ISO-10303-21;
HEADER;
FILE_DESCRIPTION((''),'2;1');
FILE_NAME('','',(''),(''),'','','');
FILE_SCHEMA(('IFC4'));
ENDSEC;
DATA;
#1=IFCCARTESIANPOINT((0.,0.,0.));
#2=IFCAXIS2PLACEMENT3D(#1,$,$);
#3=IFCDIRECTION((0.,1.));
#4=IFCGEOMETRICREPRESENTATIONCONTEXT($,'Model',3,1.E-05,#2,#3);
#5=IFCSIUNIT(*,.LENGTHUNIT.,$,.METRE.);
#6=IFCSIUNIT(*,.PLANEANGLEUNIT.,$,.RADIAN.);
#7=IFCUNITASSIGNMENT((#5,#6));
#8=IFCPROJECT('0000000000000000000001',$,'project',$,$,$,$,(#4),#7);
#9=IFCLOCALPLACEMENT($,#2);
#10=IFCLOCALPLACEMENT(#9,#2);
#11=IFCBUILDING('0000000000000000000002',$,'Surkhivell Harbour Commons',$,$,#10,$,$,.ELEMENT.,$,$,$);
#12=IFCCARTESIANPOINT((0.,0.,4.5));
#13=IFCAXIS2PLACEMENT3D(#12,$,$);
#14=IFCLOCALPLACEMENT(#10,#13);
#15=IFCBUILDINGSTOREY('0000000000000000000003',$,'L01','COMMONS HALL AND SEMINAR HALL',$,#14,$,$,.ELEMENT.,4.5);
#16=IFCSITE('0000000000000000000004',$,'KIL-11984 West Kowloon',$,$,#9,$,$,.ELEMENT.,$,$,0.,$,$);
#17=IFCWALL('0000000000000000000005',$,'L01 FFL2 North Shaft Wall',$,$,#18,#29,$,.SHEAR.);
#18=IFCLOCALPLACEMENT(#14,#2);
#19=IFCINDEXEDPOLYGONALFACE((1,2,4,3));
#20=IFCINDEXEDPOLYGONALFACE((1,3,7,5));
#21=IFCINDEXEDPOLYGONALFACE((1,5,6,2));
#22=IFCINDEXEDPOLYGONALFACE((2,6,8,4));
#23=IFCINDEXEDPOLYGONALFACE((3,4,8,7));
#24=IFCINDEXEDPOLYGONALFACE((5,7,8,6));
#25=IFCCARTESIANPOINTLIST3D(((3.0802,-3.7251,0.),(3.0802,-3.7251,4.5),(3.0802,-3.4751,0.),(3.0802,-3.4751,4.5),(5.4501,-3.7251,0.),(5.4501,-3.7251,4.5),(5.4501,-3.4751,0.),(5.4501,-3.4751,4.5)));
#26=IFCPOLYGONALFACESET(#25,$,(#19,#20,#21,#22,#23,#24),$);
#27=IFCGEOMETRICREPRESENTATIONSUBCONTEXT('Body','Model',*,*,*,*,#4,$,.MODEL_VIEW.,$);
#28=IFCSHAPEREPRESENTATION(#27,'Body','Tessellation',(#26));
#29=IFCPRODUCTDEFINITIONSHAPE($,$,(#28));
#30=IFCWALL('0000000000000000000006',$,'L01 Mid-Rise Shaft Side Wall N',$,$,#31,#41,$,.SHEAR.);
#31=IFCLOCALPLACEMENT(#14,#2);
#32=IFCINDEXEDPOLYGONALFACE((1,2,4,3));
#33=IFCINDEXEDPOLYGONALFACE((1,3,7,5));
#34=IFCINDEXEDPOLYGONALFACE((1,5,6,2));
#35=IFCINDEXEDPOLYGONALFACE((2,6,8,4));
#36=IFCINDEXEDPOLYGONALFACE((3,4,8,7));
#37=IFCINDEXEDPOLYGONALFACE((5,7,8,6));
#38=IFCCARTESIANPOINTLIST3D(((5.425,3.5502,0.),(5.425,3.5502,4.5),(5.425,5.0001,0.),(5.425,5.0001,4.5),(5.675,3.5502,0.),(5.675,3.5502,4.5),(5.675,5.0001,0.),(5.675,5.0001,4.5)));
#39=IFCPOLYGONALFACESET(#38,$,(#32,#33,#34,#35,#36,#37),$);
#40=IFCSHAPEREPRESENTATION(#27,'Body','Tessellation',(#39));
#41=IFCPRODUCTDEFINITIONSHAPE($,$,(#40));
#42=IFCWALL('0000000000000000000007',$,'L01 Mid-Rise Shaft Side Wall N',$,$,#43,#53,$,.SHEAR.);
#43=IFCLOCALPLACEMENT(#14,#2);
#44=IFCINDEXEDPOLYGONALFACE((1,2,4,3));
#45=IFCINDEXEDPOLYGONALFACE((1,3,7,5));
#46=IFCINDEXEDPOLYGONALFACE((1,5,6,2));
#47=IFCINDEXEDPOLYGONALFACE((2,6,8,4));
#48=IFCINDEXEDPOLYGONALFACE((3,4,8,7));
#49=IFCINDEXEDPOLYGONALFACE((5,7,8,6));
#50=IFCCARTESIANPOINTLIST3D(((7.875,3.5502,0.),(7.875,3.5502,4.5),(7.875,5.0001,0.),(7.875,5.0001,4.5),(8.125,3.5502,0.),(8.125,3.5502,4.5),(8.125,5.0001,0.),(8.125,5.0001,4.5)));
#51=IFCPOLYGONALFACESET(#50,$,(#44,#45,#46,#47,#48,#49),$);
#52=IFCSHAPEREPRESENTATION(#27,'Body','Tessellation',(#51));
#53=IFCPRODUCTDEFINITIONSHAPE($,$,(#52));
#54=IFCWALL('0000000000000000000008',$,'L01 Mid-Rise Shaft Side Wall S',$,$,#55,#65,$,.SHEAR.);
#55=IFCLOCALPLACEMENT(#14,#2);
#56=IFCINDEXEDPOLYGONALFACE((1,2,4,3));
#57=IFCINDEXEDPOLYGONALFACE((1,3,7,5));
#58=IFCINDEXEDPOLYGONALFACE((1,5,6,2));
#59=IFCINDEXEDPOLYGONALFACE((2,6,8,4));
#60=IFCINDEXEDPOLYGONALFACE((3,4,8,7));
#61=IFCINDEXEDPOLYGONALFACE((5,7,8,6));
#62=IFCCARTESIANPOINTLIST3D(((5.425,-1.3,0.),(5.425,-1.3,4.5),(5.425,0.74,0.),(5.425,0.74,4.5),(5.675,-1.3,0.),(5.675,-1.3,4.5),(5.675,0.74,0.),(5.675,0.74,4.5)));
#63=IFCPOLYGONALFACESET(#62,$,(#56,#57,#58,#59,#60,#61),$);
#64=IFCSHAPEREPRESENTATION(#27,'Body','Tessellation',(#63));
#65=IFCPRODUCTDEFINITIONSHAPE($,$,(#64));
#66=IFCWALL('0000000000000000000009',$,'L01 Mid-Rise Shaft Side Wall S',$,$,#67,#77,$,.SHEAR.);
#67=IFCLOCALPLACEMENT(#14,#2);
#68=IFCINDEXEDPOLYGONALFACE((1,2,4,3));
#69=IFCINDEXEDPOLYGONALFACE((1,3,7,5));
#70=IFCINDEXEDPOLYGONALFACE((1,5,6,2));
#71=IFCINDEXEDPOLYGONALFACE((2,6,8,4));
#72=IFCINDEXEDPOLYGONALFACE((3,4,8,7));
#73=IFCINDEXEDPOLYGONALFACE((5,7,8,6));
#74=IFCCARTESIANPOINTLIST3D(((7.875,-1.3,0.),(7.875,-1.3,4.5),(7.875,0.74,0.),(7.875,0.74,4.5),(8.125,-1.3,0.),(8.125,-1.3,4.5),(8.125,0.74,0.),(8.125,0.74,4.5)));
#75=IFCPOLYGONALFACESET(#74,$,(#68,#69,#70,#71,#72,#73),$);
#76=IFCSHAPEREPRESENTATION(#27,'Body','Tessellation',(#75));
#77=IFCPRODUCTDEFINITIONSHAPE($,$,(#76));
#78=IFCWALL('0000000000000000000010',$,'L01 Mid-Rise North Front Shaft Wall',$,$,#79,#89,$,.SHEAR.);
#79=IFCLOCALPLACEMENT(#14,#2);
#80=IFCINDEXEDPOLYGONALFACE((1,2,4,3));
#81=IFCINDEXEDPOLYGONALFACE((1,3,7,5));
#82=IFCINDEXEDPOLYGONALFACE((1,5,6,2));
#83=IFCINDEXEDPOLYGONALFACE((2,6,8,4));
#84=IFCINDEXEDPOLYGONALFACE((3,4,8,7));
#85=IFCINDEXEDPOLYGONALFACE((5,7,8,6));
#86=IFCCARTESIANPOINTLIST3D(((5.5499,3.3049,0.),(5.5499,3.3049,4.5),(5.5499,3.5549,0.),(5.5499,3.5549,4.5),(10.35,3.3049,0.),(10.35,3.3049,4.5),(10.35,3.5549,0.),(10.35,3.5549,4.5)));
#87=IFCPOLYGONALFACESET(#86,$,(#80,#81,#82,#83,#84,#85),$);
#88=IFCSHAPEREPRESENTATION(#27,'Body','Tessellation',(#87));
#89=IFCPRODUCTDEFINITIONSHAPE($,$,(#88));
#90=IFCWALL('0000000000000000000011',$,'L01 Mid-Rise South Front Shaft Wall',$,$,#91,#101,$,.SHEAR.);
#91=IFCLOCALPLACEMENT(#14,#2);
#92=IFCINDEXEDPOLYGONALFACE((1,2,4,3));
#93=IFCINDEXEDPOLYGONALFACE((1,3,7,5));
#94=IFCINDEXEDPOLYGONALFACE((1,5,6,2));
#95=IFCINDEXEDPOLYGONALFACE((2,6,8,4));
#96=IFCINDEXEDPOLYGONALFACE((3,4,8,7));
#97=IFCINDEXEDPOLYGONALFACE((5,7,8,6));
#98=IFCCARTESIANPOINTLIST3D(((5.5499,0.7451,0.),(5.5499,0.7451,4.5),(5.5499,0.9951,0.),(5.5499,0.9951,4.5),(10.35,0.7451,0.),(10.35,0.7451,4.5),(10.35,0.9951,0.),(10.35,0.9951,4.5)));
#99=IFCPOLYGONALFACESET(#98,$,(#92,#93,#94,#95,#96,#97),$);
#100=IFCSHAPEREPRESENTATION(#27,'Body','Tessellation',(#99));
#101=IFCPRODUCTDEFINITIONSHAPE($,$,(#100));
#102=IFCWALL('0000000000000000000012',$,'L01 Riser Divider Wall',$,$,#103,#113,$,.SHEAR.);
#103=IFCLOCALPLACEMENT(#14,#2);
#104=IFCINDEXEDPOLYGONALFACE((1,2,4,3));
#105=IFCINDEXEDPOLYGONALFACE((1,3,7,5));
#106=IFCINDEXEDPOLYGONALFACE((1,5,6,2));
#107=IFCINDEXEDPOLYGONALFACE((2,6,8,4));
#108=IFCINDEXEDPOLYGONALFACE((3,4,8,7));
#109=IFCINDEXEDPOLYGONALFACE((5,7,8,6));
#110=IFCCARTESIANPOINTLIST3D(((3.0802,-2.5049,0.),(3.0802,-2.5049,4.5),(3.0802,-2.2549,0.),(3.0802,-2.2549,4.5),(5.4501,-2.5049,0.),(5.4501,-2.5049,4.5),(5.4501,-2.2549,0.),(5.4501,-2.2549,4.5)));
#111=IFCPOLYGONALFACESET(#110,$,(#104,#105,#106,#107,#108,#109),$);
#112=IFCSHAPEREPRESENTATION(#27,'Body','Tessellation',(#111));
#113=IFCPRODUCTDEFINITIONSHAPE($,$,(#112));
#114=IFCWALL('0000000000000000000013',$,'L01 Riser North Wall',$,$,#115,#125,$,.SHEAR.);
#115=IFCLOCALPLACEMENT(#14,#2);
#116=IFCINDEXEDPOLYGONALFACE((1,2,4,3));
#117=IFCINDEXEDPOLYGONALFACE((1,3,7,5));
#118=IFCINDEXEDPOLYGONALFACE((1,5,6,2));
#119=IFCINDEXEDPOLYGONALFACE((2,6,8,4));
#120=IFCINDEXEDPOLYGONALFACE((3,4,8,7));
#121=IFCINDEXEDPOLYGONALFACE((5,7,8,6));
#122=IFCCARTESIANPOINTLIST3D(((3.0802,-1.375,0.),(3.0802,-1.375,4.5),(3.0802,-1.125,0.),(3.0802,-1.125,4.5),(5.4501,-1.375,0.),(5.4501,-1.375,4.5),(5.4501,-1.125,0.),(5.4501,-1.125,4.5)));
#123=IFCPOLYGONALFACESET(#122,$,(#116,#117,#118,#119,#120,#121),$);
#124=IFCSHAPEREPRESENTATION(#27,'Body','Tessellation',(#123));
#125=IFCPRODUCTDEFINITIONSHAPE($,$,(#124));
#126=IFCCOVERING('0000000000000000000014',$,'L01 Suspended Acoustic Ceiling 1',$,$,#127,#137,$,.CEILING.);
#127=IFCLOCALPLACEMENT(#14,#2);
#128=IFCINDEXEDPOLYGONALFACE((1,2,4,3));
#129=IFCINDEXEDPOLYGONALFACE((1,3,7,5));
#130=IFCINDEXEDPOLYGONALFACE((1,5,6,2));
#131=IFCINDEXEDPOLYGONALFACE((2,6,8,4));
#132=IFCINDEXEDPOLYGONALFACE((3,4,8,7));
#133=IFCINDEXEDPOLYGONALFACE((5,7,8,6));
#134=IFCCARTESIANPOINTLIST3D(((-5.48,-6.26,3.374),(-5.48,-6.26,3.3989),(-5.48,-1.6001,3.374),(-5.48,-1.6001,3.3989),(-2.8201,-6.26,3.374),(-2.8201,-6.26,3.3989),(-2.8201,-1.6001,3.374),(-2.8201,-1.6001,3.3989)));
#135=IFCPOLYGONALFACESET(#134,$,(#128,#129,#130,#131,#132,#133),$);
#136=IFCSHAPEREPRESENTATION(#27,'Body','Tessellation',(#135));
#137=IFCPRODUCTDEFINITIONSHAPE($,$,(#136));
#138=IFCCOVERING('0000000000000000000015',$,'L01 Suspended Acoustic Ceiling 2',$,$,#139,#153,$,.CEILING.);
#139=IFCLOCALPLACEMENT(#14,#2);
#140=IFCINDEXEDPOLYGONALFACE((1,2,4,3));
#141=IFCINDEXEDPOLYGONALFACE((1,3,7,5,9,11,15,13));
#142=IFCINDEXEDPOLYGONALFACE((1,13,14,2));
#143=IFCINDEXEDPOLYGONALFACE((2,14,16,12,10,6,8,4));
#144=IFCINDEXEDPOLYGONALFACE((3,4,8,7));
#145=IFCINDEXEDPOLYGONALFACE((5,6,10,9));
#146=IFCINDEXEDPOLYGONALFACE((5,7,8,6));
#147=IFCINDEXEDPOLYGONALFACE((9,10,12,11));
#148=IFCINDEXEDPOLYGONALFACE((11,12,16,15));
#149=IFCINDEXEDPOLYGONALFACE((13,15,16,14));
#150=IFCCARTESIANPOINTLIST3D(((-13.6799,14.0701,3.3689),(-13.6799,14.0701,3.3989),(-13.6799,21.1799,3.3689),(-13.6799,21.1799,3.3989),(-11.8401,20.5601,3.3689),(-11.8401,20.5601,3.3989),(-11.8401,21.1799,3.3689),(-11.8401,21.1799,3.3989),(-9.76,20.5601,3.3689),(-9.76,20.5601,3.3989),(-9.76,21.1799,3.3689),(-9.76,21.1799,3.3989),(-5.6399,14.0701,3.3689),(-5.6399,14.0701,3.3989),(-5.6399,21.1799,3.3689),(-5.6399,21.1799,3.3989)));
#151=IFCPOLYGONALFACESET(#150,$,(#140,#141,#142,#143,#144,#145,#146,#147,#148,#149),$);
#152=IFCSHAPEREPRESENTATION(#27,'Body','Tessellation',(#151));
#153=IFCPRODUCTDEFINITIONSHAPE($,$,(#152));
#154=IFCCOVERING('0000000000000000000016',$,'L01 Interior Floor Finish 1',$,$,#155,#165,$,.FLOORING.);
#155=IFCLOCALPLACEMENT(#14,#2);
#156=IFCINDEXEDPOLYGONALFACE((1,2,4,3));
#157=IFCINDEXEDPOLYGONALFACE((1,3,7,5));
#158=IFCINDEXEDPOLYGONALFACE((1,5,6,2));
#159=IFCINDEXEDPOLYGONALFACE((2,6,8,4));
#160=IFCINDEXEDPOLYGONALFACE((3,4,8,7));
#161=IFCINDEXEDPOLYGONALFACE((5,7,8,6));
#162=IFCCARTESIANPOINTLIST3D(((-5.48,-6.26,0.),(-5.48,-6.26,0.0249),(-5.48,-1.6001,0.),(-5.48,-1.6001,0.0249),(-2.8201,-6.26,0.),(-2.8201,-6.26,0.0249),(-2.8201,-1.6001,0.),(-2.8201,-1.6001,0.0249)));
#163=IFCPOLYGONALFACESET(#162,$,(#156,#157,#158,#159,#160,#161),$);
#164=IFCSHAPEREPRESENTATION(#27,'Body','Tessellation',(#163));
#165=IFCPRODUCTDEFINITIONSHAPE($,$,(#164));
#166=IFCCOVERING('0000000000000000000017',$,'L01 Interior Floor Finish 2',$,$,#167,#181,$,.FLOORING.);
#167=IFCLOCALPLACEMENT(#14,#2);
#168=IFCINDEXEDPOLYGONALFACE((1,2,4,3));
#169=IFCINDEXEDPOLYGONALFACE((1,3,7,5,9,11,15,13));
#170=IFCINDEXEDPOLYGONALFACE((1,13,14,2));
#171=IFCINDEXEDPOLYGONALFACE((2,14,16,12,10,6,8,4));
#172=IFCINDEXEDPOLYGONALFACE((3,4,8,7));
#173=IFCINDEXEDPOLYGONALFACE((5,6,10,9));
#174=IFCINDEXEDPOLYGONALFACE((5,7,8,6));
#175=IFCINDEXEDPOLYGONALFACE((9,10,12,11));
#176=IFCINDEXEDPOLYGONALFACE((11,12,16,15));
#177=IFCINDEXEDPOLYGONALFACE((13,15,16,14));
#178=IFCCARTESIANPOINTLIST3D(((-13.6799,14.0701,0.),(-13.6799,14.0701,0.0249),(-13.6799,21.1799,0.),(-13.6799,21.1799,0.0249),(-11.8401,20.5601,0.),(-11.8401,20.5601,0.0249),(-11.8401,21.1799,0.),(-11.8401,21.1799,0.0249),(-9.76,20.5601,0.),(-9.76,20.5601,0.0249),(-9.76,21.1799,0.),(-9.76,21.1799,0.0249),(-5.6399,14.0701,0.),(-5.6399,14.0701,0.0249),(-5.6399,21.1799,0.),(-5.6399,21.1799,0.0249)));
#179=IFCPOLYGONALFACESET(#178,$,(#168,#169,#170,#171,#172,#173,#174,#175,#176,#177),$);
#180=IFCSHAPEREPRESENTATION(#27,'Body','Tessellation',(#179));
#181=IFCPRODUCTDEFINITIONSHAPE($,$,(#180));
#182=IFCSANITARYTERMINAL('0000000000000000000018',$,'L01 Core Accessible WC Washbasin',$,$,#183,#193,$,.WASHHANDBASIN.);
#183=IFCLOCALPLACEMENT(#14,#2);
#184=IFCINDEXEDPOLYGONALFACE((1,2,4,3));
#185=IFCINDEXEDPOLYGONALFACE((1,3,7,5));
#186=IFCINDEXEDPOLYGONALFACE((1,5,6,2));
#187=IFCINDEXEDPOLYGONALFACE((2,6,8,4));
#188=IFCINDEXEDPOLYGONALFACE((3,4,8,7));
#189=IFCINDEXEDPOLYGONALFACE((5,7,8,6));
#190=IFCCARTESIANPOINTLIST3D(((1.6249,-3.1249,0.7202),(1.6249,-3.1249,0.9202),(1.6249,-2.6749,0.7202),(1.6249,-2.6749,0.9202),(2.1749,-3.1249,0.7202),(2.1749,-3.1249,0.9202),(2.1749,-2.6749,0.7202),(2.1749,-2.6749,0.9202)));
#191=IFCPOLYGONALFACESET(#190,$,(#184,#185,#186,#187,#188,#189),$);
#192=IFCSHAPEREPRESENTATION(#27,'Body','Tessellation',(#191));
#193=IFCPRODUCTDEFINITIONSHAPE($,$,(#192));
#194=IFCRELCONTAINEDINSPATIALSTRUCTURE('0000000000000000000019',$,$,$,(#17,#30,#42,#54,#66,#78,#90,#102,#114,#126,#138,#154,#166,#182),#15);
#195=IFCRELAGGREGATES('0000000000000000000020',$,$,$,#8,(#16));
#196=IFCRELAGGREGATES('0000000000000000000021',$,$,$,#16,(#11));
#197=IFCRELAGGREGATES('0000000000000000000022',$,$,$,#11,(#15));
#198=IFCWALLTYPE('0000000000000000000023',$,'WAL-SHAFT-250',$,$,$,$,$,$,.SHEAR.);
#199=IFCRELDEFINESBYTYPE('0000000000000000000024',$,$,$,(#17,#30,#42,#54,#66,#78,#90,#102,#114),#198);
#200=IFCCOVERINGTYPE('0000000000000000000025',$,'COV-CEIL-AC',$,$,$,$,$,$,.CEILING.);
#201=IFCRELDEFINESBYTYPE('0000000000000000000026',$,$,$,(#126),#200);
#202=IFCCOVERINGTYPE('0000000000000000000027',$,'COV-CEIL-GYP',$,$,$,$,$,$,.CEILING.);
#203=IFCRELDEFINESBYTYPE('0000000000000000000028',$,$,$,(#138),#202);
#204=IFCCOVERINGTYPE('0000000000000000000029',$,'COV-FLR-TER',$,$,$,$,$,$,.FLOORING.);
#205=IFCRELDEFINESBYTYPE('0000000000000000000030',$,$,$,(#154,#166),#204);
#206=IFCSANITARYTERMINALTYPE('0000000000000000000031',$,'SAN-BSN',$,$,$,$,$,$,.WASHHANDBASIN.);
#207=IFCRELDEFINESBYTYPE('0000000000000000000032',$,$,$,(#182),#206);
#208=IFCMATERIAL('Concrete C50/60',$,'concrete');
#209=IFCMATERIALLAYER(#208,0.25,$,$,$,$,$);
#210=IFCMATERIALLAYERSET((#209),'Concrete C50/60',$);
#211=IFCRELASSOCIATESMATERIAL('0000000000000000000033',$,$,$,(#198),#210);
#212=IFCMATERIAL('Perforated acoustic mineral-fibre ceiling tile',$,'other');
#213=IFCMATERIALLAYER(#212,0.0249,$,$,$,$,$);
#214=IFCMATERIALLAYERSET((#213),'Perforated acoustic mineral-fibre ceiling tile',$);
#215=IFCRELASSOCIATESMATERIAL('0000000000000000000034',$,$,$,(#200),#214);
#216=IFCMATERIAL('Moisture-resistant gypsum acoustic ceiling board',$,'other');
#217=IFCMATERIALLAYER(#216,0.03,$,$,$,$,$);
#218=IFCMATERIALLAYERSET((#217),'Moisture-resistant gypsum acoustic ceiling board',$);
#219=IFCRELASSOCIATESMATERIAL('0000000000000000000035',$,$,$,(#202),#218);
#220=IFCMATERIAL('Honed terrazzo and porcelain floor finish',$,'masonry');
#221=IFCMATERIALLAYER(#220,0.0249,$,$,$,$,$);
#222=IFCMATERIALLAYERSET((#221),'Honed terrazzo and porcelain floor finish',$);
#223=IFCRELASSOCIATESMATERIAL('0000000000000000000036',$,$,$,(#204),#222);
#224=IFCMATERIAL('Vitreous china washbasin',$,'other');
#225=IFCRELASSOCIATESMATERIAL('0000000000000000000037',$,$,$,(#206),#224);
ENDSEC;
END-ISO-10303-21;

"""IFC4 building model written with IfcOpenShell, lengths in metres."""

from ifc_helpers import new_model, si_unit, direction, frame, frame_2d, origin, origin_2d, place, context, subcontext, project, spatial, polyline, rectangle, outline, extrude, material, layer, layer_set, type_object, element, save


model = new_model("IFC4")

# Units and contexts
model_context = context("Model", 3, precision=1e-05, world=origin(), true_north=direction((0.0, 1.0)))
body_context = subcontext(model_context, "Body", "Model", "MODEL_VIEW")
ifc_project = project(units=[si_unit("LENGTHUNIT", "METRE"), si_unit("PLANEANGLEUNIT", "RADIAN")], contexts=[model_context])

# Site, building, storey
site_placement = place(None, origin())
site = spatial("IfcSite", under=ifc_project, at=site_placement, Name="KIL-11984 West Kowloon", CompositionType="ELEMENT", RefElevation=0.0)
building_placement = place(site_placement, origin())
building = spatial("IfcBuilding", under=site, at=building_placement, Name="Surkhivell Harbour Commons", CompositionType="ELEMENT")
storey_placement = place(building_placement, frame((0.0, 0.0, 4.5)))
storey = spatial("IfcBuildingStorey", under=building, at=storey_placement, Name="L01", Description="COMMONS HALL AND SEMINAR HALL", CompositionType="ELEMENT", Elevation=4.5)

# Walls
ifc_material_1 = material(Name="Concrete C50/60", Category="concrete")
ifc_layer_1 = layer(ifc_material_1, 0.25)
ifc_layer_set_1 = layer_set([ifc_layer_1], Name="Concrete C50/60")
wall_type_1 = type_object("IfcWallType", Name="WAL-SHAFT-250", PredefinedType="SHEAR", material=ifc_layer_set_1)
wall_1_placement = place(storey_placement, frame((3.0801, -3.6001, 0.0), z_axis=(0.0, 0.0, 1.0), x_axis=(1.0, 0.0, 0.0)))
element("IfcWall", 1, at=wall_1_placement, inside=storey, type_object=wall_type_1, Name="L01 FFL2 North Shaft Wall", PredefinedType="SHEAR", context=body_context, shape_type="SweptSolid", body=[
    extrude(rectangle(XDim=2.3699, YDim=0.25, at=frame_2d((1.1851, 0.0))), origin(), (0.0, 0.0, 1.0), 4.5),
])
for number, where, z_axis, x_axis, name in (
    (2, (5.55, 3.55, 0.0), (0.0, 0.0, 1.0), (0.0, 1.0, 0.0), "L01 Mid-Rise Shaft Side Wall N"),
    (3, (8.0, 3.55, 0.0), (0.0, 0.0, 1.0), (0.0, 1.0, 0.0), "L01 Mid-Rise Shaft Side Wall N"),
):
    element("IfcWall", number, at=place(storey_placement, frame(where, z_axis=z_axis, x_axis=x_axis)), inside=storey, type_object=wall_type_1, Name=name, PredefinedType="SHEAR", context=body_context, shape_type="SweptSolid", body=[
        extrude(rectangle(XDim=1.45, YDim=0.25, at=frame_2d((0.7251, 0.0))), origin(), (0.0, 0.0, 1.0), 4.5),
    ])
for number, where, z_axis, x_axis, name in (
    (4, (5.55, -1.3, 0.0), (0.0, 0.0, 1.0), (0.0, 1.0, 0.0), "L01 Mid-Rise Shaft Side Wall S"),
    (5, (8.0, -1.3, 0.0), (0.0, 0.0, 1.0), (0.0, 1.0, 0.0), "L01 Mid-Rise Shaft Side Wall S"),
):
    element("IfcWall", number, at=place(storey_placement, frame(where, z_axis=z_axis, x_axis=x_axis)), inside=storey, type_object=wall_type_1, Name=name, PredefinedType="SHEAR", context=body_context, shape_type="SweptSolid", body=[
        extrude(rectangle(XDim=2.04, YDim=0.25, at=frame_2d((1.02, 0.0))), origin(), (0.0, 0.0, 1.0), 4.5),
    ])
for number, where, z_axis, x_axis, name in (
    (6, (5.55, 3.4299, 0.0), (0.0, 0.0, 1.0), (1.0, 0.0, 0.0), "L01 Mid-Rise North Front Shaft Wall"),
    (7, (5.55, 0.8701, 0.0), (0.0, 0.0, 1.0), (1.0, 0.0, 0.0), "L01 Mid-Rise South Front Shaft Wall"),
):
    element("IfcWall", number, at=place(storey_placement, frame(where, z_axis=z_axis, x_axis=x_axis)), inside=storey, type_object=wall_type_1, Name=name, PredefinedType="SHEAR", context=body_context, shape_type="SweptSolid", body=[
        extrude(rectangle(XDim=4.8, YDim=0.25, at=frame_2d((2.3999, 0.0))), origin(), (0.0, 0.0, 1.0), 4.5),
    ])
for number, where, z_axis, x_axis, name in (
    (8, (3.0801, -2.3799, 0.0), (0.0, 0.0, 1.0), (1.0, 0.0, 0.0), "L01 Riser Divider Wall"),
    (9, (3.0801, -1.25, 0.0), (0.0, 0.0, 1.0), (1.0, 0.0, 0.0), "L01 Riser North Wall"),
):
    element("IfcWall", number, at=place(storey_placement, frame(where, z_axis=z_axis, x_axis=x_axis)), inside=storey, type_object=wall_type_1, Name=name, PredefinedType="SHEAR", context=body_context, shape_type="SweptSolid", body=[
        extrude(rectangle(XDim=2.3699, YDim=0.25, at=frame_2d((1.1851, 0.0))), origin(), (0.0, 0.0, 1.0), 4.5),
    ])

# Coverings
ifc_material_2 = material(Name="Perforated acoustic mineral-fibre ceiling tile", Category="other")
ifc_layer_2 = layer(ifc_material_2, 0.0249)
ifc_layer_set_2 = layer_set([ifc_layer_2], Name="Perforated acoustic mineral-fibre ceiling tile")
covering_type_1 = type_object("IfcCoveringType", Name="COV-CEIL-AC", PredefinedType="CEILING", material=ifc_layer_set_2)
covering_1_placement = place(storey_placement, frame((0.0, 0.0, 3.374)))
element("IfcCovering", 10, at=covering_1_placement, inside=storey, type_object=covering_type_1, Name="L01 Suspended Acoustic Ceiling 1", PredefinedType="CEILING", context=body_context, shape_type="SweptSolid", body=[
    extrude(outline(polyline([(-5.48, -6.26), (-2.8201, -6.26), (-2.8201, -1.6001), (-5.48, -1.6001), (-5.48, -6.26)])), origin(), (0.0, 0.0, 1.0), 0.0249),
])
ifc_material_3 = material(Name="Moisture-resistant gypsum acoustic ceiling board", Category="other")
ifc_layer_3 = layer(ifc_material_3, 0.03)
ifc_layer_set_3 = layer_set([ifc_layer_3], Name="Moisture-resistant gypsum acoustic ceiling board")
covering_type_2 = type_object("IfcCoveringType", Name="COV-CEIL-GYP", PredefinedType="CEILING", material=ifc_layer_set_3)
covering_2_placement = place(storey_placement, frame((0.0, 0.0, 3.3689)))
element("IfcCovering", 11, at=covering_2_placement, inside=storey, type_object=covering_type_2, Name="L01 Suspended Acoustic Ceiling 2", PredefinedType="CEILING", context=body_context, shape_type="SweptSolid", body=[
    extrude(outline(polyline([(-5.6399, 21.1799), (-9.76, 21.1799), (-9.76, 20.5601), (-11.8401, 20.5601), (-11.8401, 21.1799), (-13.6799, 21.1799), (-13.6799, 14.0701), (-5.6399, 14.0701), (-5.6399, 21.1799)])), origin(), (0.0, 0.0, 1.0), 0.03),
])
ifc_material_4 = material(Name="Honed terrazzo and porcelain floor finish", Category="masonry")
ifc_layer_4 = layer(ifc_material_4, 0.0249)
ifc_layer_set_4 = layer_set([ifc_layer_4], Name="Honed terrazzo and porcelain floor finish")
covering_type_3 = type_object("IfcCoveringType", Name="COV-FLR-TER", PredefinedType="FLOORING", material=ifc_layer_set_4)
covering_3_placement = place(storey_placement, origin())
element("IfcCovering", 12, at=covering_3_placement, inside=storey, type_object=covering_type_3, Name="L01 Interior Floor Finish 1", PredefinedType="FLOORING", context=body_context, shape_type="SweptSolid", body=[
    extrude(outline(polyline([(-5.48, -6.26), (-2.8201, -6.26), (-2.8201, -1.6001), (-5.48, -1.6001), (-5.48, -6.26)])), origin(), (0.0, 0.0, 1.0), 0.0249),
])
covering_4_placement = place(storey_placement, origin())
element("IfcCovering", 13, at=covering_4_placement, inside=storey, type_object=covering_type_3, Name="L01 Interior Floor Finish 2", PredefinedType="FLOORING", context=body_context, shape_type="SweptSolid", body=[
    extrude(outline(polyline([(-5.6399, 21.1799), (-9.76, 21.1799), (-9.76, 20.5601), (-11.8401, 20.5601), (-11.8401, 21.1799), (-13.6799, 21.1799), (-13.6799, 14.0701), (-5.6399, 14.0701), (-5.6399, 21.1799)])), origin(), (0.0, 0.0, 1.0), 0.0249),
])

# Sanitary terminal
ifc_material_5 = material(Name="Vitreous china washbasin", Category="other")
sanitary_terminal_type_1 = type_object("IfcSanitaryTerminalType", Name="SAN-BSN", PredefinedType="WASHHANDBASIN", material=ifc_material_5)
sanitary_terminal_1_placement = place(storey_placement, frame((1.8999, -2.8999, 0.7202), z_axis=(0.0, 0.0, 1.0), x_axis=(1.0, 0.0, 0.0)))
element("IfcSanitaryTerminal", 14, at=sanitary_terminal_1_placement, inside=storey, type_object=sanitary_terminal_type_1, Name="L01 Core Accessible WC Washbasin", PredefinedType="WASHHANDBASIN", context=body_context, shape_type="SweptSolid", body=[
    extrude(rectangle(XDim=0.55, YDim=0.45, at=origin_2d()), origin(), (0.0, 0.0, 1.0), 0.2),
])

save(model, "model.ifc")
